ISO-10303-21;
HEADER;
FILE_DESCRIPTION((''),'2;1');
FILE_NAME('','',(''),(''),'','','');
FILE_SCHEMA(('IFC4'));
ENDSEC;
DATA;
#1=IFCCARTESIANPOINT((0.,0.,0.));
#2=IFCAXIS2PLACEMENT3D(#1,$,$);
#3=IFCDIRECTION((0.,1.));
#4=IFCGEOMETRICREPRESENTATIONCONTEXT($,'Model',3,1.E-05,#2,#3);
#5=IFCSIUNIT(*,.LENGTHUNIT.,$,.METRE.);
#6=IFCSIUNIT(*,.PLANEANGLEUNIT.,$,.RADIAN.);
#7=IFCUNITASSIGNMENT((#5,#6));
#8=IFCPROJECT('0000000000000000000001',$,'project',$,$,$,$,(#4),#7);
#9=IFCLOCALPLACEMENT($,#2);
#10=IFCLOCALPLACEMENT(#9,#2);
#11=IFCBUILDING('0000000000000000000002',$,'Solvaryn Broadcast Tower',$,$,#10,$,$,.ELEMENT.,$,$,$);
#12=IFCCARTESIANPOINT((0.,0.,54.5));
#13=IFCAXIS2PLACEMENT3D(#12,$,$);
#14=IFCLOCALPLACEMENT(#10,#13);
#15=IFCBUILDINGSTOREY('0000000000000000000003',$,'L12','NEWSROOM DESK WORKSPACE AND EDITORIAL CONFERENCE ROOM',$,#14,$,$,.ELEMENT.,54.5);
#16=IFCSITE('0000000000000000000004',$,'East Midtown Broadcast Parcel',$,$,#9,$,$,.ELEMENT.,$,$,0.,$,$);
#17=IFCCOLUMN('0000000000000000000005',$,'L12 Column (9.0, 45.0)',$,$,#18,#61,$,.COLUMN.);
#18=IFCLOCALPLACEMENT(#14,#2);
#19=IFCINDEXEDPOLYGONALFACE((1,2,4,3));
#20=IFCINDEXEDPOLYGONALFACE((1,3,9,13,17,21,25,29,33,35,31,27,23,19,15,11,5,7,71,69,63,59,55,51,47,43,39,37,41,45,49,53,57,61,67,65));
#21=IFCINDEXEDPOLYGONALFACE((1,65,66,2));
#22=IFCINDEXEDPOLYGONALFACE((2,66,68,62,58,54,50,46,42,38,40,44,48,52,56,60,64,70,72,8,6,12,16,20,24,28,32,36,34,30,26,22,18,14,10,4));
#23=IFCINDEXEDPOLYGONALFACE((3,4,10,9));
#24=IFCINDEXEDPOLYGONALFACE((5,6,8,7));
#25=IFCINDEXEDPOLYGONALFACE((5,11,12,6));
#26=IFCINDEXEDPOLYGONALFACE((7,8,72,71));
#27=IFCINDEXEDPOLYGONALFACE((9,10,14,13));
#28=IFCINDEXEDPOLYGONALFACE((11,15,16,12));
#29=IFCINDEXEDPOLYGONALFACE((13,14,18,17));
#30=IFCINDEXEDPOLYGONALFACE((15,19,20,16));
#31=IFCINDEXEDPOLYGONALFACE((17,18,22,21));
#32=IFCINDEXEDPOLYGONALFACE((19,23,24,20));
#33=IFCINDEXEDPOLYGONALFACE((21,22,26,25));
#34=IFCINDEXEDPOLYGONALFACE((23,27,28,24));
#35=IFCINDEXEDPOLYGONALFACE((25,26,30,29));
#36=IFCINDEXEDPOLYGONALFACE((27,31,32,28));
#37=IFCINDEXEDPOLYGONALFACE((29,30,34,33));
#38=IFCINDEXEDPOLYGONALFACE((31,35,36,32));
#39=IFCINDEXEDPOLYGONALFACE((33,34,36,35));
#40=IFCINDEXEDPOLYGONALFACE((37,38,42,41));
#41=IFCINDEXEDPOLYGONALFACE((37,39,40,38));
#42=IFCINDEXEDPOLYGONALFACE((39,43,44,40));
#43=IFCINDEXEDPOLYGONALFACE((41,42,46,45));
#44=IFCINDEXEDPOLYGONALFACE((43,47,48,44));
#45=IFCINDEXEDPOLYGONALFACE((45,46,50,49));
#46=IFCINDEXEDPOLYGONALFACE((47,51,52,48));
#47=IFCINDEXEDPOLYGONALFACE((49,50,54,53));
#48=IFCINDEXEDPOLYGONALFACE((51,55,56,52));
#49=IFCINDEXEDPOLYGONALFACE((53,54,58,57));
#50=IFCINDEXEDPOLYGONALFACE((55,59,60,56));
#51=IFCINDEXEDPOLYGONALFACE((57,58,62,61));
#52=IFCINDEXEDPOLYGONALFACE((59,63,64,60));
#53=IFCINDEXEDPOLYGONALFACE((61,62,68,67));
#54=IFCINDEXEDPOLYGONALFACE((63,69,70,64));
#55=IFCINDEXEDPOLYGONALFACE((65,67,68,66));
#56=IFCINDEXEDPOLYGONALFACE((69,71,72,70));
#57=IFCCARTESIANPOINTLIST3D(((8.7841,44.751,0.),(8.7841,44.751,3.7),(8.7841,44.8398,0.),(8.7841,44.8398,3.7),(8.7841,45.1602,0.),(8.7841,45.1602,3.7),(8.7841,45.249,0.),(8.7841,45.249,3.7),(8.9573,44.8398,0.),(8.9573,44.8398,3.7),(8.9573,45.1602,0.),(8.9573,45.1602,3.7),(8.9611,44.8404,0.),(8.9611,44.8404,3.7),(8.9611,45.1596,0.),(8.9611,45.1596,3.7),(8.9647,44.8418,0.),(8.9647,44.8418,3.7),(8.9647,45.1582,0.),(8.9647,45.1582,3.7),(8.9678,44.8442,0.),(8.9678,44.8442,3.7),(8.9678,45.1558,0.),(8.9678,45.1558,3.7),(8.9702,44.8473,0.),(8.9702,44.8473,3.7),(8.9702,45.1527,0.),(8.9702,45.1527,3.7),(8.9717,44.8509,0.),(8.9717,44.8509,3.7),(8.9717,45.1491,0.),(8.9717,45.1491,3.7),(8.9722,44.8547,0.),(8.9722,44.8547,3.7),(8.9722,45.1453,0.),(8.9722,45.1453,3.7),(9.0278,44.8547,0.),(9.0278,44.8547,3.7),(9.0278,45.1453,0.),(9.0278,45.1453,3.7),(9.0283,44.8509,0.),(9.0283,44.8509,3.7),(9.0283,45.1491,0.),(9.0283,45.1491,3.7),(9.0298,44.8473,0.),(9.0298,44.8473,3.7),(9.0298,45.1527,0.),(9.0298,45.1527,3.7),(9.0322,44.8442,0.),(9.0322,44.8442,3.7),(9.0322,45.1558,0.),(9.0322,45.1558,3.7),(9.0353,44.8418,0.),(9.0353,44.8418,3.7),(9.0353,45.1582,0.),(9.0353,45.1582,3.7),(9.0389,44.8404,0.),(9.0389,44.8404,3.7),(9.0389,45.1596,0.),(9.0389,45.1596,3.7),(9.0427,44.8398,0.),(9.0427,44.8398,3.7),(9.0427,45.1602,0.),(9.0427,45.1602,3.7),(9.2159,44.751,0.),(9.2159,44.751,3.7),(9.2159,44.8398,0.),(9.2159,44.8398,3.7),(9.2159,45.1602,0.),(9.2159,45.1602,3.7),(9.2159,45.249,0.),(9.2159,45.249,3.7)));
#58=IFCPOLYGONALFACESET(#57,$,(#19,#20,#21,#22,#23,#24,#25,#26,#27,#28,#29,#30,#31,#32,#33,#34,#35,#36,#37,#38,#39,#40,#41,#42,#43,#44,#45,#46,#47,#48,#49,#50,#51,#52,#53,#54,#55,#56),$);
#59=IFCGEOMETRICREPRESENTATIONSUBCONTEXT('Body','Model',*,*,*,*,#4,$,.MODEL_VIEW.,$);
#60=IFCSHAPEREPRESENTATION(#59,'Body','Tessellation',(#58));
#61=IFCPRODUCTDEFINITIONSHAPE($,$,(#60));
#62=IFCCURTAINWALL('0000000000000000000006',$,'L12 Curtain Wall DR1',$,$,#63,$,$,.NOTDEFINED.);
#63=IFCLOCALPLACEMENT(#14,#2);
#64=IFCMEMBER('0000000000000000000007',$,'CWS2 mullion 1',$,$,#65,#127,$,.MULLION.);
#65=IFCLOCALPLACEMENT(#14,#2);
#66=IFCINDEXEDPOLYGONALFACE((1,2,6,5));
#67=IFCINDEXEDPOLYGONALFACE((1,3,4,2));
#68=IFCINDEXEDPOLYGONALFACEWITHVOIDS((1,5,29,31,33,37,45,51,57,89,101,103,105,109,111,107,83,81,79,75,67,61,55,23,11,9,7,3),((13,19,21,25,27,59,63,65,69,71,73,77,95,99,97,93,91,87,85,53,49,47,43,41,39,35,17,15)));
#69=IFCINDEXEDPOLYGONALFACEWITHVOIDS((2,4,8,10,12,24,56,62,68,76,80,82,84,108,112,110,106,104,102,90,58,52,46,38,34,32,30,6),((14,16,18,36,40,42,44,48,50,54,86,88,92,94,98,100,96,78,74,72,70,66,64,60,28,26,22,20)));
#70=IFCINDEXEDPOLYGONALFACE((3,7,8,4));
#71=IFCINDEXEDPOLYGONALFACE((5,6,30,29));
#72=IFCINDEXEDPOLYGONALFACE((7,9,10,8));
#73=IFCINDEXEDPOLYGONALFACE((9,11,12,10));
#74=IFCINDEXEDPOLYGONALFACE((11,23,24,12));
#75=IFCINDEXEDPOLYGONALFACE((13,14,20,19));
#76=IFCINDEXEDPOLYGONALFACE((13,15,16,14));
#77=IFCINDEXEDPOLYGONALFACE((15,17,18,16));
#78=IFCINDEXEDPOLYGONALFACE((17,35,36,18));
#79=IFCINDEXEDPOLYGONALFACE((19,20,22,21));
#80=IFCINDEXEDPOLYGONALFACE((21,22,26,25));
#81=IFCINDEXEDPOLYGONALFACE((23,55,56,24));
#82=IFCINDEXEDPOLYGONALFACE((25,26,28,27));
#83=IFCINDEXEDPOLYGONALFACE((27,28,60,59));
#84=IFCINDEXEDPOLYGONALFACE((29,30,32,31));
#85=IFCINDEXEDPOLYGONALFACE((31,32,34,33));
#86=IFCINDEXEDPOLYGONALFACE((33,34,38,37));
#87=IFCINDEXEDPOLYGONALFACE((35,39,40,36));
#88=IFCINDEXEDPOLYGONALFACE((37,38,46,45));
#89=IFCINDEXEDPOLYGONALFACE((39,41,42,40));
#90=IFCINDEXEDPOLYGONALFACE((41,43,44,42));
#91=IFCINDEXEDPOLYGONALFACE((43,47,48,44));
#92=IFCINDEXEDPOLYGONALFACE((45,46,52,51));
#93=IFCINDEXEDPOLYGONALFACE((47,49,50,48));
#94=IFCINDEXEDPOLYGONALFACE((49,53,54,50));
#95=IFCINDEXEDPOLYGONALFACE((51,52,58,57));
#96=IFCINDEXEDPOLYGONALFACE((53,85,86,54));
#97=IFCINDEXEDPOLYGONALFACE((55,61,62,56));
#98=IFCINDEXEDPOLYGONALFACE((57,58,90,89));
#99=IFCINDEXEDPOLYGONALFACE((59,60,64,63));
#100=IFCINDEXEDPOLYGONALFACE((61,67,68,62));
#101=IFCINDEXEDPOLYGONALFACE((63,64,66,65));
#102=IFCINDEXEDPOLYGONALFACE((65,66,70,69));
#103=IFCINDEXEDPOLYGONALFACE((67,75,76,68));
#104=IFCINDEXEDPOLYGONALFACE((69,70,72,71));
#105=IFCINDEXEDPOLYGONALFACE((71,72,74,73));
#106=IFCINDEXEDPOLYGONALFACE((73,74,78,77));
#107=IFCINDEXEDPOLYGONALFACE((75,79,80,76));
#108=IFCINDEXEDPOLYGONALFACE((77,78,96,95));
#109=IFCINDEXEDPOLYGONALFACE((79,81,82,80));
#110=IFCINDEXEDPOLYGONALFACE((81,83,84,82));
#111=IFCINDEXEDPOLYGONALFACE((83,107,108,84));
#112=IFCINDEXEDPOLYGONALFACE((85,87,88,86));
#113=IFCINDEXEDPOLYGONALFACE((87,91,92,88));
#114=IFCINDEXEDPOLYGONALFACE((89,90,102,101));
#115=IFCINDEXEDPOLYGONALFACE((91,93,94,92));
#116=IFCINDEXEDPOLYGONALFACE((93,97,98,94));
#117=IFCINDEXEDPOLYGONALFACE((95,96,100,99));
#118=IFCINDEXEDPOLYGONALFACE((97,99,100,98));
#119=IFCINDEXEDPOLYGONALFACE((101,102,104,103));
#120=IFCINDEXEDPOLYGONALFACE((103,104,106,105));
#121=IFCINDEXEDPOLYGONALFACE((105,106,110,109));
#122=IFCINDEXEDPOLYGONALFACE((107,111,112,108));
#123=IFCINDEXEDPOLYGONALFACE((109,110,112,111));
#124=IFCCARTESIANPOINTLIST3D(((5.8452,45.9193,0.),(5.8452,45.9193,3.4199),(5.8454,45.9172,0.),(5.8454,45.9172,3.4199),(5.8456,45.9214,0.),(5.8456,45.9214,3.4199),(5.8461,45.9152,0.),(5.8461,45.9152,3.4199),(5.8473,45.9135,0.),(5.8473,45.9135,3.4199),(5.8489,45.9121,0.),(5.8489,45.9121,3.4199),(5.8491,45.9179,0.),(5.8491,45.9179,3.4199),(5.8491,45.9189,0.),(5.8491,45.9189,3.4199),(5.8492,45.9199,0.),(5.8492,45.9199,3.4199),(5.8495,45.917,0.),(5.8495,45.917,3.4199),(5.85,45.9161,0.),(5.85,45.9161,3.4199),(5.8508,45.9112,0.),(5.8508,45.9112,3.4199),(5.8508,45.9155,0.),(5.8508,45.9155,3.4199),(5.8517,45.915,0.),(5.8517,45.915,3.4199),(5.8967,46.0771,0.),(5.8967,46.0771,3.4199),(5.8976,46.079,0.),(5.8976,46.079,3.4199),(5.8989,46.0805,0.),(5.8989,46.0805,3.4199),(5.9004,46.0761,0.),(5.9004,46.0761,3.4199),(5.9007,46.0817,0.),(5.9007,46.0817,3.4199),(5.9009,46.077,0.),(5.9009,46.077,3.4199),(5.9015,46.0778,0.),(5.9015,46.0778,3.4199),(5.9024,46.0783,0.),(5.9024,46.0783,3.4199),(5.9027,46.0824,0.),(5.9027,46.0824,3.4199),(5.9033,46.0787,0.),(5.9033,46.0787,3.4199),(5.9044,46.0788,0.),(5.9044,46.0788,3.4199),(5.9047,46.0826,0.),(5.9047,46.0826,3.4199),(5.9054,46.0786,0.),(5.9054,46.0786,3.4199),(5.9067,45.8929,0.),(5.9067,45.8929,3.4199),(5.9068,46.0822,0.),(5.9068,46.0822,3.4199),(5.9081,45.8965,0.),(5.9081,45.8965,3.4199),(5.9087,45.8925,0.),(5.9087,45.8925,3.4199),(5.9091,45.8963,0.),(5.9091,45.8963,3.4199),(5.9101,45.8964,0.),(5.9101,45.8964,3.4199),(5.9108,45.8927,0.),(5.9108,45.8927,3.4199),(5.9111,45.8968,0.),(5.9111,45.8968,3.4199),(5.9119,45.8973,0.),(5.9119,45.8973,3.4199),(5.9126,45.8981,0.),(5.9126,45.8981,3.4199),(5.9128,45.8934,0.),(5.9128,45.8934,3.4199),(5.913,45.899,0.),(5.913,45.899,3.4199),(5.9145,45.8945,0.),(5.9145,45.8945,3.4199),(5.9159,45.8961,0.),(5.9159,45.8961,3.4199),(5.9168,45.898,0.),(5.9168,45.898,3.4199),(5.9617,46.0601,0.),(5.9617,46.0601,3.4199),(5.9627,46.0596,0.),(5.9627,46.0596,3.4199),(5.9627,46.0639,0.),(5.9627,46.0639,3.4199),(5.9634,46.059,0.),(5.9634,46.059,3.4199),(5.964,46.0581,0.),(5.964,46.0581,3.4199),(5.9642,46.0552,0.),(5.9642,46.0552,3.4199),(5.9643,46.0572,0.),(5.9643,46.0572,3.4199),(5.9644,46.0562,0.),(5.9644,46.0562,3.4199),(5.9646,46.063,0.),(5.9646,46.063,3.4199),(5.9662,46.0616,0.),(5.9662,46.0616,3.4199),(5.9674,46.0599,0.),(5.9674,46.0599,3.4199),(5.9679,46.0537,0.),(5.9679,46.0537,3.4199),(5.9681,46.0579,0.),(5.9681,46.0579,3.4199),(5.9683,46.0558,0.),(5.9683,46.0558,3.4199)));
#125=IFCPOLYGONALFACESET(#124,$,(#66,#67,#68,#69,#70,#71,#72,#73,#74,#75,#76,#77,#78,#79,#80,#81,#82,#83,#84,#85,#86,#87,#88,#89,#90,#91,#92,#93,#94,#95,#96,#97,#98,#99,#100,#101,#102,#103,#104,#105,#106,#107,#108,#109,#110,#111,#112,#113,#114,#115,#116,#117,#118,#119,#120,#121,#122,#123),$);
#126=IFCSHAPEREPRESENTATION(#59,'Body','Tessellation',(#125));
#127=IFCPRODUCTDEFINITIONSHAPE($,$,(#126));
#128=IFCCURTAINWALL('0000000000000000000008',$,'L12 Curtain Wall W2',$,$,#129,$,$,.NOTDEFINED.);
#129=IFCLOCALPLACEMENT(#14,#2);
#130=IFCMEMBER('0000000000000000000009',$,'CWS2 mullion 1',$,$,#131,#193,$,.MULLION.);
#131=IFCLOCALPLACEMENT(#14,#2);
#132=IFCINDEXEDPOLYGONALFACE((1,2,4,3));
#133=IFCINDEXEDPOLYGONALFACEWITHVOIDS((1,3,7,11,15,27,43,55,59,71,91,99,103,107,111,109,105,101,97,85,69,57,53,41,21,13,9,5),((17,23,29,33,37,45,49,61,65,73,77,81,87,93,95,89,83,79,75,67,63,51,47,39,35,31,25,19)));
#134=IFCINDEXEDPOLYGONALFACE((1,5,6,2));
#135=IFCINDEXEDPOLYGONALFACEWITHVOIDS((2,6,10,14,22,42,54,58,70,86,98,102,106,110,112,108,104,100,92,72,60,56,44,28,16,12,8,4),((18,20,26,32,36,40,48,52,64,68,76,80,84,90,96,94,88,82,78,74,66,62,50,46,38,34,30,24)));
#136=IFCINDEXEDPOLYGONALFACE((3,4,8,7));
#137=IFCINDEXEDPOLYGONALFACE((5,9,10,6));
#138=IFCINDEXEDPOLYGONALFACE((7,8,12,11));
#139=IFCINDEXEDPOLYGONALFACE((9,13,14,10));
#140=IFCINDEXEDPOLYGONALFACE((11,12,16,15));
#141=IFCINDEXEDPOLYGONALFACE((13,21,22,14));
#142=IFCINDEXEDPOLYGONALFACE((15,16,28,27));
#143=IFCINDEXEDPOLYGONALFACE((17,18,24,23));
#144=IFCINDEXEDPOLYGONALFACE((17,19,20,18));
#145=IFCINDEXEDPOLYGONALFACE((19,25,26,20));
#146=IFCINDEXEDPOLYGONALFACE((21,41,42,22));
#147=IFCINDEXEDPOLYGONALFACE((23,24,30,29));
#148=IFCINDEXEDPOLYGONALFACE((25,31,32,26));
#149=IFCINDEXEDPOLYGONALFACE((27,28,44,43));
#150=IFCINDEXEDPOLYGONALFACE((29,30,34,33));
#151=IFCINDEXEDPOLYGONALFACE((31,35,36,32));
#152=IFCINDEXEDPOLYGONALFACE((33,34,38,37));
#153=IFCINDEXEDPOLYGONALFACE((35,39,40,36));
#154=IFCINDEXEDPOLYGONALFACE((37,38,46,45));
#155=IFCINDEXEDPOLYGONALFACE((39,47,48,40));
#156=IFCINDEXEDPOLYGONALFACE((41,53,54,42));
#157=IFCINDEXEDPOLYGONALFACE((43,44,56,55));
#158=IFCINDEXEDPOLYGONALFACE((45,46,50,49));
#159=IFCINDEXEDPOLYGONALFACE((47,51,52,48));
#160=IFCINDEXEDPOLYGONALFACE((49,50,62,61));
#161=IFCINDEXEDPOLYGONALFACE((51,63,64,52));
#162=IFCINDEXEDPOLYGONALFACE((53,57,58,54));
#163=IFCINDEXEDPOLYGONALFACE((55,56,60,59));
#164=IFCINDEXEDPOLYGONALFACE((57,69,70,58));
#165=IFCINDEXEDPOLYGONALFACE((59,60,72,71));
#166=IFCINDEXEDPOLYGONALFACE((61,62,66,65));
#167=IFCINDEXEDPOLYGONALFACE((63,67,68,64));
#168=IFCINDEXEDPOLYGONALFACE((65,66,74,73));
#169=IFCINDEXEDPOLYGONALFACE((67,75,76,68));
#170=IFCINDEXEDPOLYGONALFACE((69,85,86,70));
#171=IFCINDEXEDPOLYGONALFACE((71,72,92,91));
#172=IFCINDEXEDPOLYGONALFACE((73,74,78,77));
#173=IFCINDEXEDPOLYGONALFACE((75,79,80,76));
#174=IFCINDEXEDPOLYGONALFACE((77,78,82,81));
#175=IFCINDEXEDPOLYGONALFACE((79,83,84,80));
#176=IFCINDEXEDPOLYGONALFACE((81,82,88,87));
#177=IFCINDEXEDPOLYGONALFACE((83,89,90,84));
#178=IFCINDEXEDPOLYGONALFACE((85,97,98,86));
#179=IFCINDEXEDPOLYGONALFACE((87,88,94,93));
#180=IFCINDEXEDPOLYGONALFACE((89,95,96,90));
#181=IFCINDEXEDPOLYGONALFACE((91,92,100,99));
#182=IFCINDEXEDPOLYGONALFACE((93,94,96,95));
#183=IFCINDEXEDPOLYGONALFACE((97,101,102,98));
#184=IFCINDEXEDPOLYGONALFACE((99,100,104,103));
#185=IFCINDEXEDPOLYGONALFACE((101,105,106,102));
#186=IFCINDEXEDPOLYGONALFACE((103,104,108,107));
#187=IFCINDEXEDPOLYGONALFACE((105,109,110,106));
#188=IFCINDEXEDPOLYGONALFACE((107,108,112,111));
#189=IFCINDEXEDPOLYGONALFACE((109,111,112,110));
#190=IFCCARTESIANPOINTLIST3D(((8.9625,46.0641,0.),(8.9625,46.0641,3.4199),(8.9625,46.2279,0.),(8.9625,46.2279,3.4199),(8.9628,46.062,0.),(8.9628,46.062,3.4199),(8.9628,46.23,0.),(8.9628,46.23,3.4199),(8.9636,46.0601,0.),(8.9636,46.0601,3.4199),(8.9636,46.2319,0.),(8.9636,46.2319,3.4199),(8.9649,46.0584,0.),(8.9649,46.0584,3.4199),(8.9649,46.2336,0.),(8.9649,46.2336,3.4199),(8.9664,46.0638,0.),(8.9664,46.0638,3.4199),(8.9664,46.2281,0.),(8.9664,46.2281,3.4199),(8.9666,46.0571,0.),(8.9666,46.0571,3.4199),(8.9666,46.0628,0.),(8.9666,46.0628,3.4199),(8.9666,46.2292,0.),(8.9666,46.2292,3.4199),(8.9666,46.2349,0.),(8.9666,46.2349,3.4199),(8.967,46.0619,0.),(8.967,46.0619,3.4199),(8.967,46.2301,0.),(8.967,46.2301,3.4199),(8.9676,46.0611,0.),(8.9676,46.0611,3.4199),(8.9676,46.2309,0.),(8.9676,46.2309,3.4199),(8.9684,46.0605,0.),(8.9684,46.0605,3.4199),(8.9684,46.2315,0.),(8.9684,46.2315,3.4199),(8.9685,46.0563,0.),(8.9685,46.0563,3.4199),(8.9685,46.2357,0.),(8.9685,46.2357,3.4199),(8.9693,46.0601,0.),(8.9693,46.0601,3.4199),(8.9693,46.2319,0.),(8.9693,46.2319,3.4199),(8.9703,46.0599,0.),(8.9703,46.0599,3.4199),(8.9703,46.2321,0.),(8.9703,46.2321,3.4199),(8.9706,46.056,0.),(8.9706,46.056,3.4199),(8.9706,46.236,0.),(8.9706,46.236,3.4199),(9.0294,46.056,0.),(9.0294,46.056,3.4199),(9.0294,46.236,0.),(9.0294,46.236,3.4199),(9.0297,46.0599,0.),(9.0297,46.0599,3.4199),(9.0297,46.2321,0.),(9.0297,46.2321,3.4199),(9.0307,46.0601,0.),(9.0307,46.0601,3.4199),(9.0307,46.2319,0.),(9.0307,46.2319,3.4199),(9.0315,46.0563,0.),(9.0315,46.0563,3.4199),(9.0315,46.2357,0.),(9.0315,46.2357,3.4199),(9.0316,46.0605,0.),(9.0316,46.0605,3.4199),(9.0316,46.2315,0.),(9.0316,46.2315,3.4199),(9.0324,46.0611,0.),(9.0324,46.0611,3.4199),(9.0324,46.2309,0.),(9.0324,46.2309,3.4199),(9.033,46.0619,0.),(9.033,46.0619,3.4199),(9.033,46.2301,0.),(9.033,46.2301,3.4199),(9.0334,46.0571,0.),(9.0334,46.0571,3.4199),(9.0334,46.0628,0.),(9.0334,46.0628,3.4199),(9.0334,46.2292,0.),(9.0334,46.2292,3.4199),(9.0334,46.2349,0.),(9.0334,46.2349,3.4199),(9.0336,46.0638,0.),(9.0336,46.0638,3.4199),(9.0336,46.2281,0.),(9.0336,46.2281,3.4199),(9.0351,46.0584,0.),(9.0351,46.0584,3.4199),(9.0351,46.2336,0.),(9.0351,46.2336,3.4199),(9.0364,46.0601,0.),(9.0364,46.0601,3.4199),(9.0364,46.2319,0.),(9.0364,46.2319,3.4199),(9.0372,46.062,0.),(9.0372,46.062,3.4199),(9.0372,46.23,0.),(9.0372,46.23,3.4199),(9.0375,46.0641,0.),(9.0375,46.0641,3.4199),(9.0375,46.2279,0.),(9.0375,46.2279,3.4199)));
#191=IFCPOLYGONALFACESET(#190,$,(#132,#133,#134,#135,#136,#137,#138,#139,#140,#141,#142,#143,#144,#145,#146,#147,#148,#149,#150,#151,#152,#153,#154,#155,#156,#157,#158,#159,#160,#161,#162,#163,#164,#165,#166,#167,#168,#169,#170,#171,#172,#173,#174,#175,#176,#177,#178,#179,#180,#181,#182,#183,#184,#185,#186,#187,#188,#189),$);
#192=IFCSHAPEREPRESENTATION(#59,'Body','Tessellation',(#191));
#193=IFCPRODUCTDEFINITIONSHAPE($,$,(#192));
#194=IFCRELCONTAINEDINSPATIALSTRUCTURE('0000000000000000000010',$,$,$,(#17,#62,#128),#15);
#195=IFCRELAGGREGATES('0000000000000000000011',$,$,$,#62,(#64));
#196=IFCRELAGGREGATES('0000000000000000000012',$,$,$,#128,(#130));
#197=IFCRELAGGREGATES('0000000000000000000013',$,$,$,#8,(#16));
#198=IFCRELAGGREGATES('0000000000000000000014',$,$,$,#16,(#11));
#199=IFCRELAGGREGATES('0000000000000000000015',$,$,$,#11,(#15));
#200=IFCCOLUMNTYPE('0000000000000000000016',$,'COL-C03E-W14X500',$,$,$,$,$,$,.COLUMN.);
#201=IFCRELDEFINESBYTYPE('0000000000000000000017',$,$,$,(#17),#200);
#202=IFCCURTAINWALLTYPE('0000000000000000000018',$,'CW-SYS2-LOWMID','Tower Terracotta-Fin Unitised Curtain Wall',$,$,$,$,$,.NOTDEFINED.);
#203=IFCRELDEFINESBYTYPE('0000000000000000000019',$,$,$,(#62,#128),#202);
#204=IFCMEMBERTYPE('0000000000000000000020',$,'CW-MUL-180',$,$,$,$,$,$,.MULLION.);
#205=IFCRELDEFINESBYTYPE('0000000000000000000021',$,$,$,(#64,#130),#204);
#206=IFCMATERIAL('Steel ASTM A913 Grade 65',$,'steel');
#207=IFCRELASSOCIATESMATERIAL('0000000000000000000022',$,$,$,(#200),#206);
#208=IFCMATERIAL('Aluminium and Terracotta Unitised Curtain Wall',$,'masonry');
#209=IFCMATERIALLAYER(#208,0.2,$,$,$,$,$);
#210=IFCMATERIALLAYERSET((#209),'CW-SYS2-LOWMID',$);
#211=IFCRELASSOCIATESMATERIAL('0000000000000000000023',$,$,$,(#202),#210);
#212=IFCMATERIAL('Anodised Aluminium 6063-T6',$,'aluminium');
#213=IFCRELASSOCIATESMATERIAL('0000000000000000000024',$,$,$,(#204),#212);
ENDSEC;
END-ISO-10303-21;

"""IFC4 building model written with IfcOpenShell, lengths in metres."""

from ifc_helpers import new_model, si_unit, direction, frame, origin, origin_2d, place, context, subcontext, project, spatial, hollow_rectangle, i_section, extrude, material, layer, layer_set, material_profile, profile_set, type_object, element, aggregate, save


model = new_model("IFC4")

# Units and contexts
model_context = context("Model", 3, precision=1e-05, world=origin(), true_north=direction((0.0, 1.0)))
body_context = subcontext(model_context, "Body", "Model", "MODEL_VIEW")
ifc_project = project(units=[si_unit("LENGTHUNIT", "METRE"), si_unit("PLANEANGLEUNIT", "RADIAN")], contexts=[model_context])

# Site, building, storey
site_placement = place(None, origin())
site = spatial("IfcSite", under=ifc_project, at=site_placement, Name="East Midtown Broadcast Parcel", CompositionType="ELEMENT", RefElevation=0.0)
building_placement = place(site_placement, origin())
building = spatial("IfcBuilding", under=site, at=building_placement, Name="Solvaryn Broadcast Tower", CompositionType="ELEMENT")
storey_placement = place(building_placement, frame((0.0, 0.0, 54.5)))
storey = spatial("IfcBuildingStorey", under=building, at=storey_placement, Name="L12", Description="NEWSROOM DESK WORKSPACE AND EDITORIAL CONFERENCE ROOM", CompositionType="ELEMENT", Elevation=54.5)

# Column
ifc_material_1 = material(Name="Steel ASTM A913 Grade 65", Category="steel")
ifc_material_profile_1 = material_profile(ifc_material_1, i_section(OverallWidth=0.4319, OverallDepth=0.498, WebThickness=0.0557, FlangeThickness=0.0889, FilletRadius=0.0149, at=origin_2d()))
ifc_profile_set_1 = profile_set([ifc_material_profile_1], Name="Steel ASTM A913 Grade 65")
column_type = type_object("IfcColumnType", Name="COL-C03E-W14X500", PredefinedType="COLUMN", material=ifc_profile_set_1)
column_placement = place(storey_placement, frame((9.0, 45.0, 0.0), z_axis=(0.0, 0.0, 1.0), x_axis=(1.0, 0.0, 0.0)))
element("IfcColumn", 1, at=column_placement, inside=storey, type_object=column_type, Name="L12 Column (9.0, 45.0)", PredefinedType="COLUMN", context=body_context, shape_type="SweptSolid", body=[
    extrude(i_section(OverallWidth=0.4319, OverallDepth=0.498, WebThickness=0.0557, FlangeThickness=0.0889, FilletRadius=0.0149, at=origin_2d()), origin(), (0.0, 0.0, 1.0), 3.7),
])

# Curtain wall, member
ifc_material_2 = material(Name="Aluminium and Terracotta Unitised Curtain Wall", Category="masonry")
ifc_layer_1 = layer(ifc_material_2, 0.2)
ifc_layer_set_1 = layer_set([ifc_layer_1], Name="CW-SYS2-LOWMID")
curtain_wall_type = type_object("IfcCurtainWallType", Name="CW-SYS2-LOWMID", Description="Tower Terracotta-Fin Unitised Curtain Wall", PredefinedType="NOTDEFINED", material=ifc_layer_set_1)
curtain_wall_1_placement = place(storey_placement, origin())
curtain_wall_1 = element("IfcCurtainWall", 2, at=curtain_wall_1_placement, inside=storey, type_object=curtain_wall_type, Name="L12 Curtain Wall DR1", PredefinedType="NOTDEFINED")
ifc_material_3 = material(Name="Anodised Aluminium 6063-T6", Category="aluminium")
ifc_material_profile_2 = material_profile(ifc_material_3, hollow_rectangle(XDim=0.075, YDim=0.1799, WallThickness=0.0039, InnerFilletRadius=0.0039, OuterFilletRadius=0.0081, at=origin_2d()))
ifc_profile_set_2 = profile_set([ifc_material_profile_2], Name="Anodised Aluminium 6063-T6")
member_type_1 = type_object("IfcMemberType", Name="CW-MUL-180", PredefinedType="MULLION", material=ifc_profile_set_2)
member_1_placement = place(storey_placement, frame((5.9067, 45.9875, 0.0), z_axis=(0.0, 0.0, 1.0), x_axis=(0.950215, -0.311594, 0.0)))
member_1 = element("IfcMember", 3, at=member_1_placement, type_object=member_type_1, Name="CWS2 mullion 1", PredefinedType="MULLION", context=body_context, shape_type="SweptSolid", body=[
    extrude(hollow_rectangle(XDim=0.075, YDim=0.1799, WallThickness=0.0039, InnerFilletRadius=0.0039, OuterFilletRadius=0.0081, at=origin_2d()), origin(), (0.0, 0.0, 1.0), 3.4199),
])

# Curtain wall, member
curtain_wall_2_placement = place(storey_placement, origin())
curtain_wall_2 = element("IfcCurtainWall", 4, at=curtain_wall_2_placement, inside=storey, type_object=curtain_wall_type, Name="L12 Curtain Wall W2", PredefinedType="NOTDEFINED")
member_2_placement = place(storey_placement, frame((9.0, 46.146, 0.0), z_axis=(0.0, 0.0, 1.0), x_axis=(-1.0, 0.0, 0.0)))
member_2 = element("IfcMember", 5, at=member_2_placement, type_object=member_type_1, Name="CWS2 mullion 1", PredefinedType="MULLION", context=body_context, shape_type="SweptSolid", body=[
    extrude(hollow_rectangle(XDim=0.075, YDim=0.1799, WallThickness=0.0039, InnerFilletRadius=0.0039, OuterFilletRadius=0.0081, at=origin_2d()), origin(), (0.0, 0.0, 1.0), 3.4199),
])

aggregate(curtain_wall_1, [member_1])

aggregate(curtain_wall_2, [member_2])

save(model, "model.ifc")
